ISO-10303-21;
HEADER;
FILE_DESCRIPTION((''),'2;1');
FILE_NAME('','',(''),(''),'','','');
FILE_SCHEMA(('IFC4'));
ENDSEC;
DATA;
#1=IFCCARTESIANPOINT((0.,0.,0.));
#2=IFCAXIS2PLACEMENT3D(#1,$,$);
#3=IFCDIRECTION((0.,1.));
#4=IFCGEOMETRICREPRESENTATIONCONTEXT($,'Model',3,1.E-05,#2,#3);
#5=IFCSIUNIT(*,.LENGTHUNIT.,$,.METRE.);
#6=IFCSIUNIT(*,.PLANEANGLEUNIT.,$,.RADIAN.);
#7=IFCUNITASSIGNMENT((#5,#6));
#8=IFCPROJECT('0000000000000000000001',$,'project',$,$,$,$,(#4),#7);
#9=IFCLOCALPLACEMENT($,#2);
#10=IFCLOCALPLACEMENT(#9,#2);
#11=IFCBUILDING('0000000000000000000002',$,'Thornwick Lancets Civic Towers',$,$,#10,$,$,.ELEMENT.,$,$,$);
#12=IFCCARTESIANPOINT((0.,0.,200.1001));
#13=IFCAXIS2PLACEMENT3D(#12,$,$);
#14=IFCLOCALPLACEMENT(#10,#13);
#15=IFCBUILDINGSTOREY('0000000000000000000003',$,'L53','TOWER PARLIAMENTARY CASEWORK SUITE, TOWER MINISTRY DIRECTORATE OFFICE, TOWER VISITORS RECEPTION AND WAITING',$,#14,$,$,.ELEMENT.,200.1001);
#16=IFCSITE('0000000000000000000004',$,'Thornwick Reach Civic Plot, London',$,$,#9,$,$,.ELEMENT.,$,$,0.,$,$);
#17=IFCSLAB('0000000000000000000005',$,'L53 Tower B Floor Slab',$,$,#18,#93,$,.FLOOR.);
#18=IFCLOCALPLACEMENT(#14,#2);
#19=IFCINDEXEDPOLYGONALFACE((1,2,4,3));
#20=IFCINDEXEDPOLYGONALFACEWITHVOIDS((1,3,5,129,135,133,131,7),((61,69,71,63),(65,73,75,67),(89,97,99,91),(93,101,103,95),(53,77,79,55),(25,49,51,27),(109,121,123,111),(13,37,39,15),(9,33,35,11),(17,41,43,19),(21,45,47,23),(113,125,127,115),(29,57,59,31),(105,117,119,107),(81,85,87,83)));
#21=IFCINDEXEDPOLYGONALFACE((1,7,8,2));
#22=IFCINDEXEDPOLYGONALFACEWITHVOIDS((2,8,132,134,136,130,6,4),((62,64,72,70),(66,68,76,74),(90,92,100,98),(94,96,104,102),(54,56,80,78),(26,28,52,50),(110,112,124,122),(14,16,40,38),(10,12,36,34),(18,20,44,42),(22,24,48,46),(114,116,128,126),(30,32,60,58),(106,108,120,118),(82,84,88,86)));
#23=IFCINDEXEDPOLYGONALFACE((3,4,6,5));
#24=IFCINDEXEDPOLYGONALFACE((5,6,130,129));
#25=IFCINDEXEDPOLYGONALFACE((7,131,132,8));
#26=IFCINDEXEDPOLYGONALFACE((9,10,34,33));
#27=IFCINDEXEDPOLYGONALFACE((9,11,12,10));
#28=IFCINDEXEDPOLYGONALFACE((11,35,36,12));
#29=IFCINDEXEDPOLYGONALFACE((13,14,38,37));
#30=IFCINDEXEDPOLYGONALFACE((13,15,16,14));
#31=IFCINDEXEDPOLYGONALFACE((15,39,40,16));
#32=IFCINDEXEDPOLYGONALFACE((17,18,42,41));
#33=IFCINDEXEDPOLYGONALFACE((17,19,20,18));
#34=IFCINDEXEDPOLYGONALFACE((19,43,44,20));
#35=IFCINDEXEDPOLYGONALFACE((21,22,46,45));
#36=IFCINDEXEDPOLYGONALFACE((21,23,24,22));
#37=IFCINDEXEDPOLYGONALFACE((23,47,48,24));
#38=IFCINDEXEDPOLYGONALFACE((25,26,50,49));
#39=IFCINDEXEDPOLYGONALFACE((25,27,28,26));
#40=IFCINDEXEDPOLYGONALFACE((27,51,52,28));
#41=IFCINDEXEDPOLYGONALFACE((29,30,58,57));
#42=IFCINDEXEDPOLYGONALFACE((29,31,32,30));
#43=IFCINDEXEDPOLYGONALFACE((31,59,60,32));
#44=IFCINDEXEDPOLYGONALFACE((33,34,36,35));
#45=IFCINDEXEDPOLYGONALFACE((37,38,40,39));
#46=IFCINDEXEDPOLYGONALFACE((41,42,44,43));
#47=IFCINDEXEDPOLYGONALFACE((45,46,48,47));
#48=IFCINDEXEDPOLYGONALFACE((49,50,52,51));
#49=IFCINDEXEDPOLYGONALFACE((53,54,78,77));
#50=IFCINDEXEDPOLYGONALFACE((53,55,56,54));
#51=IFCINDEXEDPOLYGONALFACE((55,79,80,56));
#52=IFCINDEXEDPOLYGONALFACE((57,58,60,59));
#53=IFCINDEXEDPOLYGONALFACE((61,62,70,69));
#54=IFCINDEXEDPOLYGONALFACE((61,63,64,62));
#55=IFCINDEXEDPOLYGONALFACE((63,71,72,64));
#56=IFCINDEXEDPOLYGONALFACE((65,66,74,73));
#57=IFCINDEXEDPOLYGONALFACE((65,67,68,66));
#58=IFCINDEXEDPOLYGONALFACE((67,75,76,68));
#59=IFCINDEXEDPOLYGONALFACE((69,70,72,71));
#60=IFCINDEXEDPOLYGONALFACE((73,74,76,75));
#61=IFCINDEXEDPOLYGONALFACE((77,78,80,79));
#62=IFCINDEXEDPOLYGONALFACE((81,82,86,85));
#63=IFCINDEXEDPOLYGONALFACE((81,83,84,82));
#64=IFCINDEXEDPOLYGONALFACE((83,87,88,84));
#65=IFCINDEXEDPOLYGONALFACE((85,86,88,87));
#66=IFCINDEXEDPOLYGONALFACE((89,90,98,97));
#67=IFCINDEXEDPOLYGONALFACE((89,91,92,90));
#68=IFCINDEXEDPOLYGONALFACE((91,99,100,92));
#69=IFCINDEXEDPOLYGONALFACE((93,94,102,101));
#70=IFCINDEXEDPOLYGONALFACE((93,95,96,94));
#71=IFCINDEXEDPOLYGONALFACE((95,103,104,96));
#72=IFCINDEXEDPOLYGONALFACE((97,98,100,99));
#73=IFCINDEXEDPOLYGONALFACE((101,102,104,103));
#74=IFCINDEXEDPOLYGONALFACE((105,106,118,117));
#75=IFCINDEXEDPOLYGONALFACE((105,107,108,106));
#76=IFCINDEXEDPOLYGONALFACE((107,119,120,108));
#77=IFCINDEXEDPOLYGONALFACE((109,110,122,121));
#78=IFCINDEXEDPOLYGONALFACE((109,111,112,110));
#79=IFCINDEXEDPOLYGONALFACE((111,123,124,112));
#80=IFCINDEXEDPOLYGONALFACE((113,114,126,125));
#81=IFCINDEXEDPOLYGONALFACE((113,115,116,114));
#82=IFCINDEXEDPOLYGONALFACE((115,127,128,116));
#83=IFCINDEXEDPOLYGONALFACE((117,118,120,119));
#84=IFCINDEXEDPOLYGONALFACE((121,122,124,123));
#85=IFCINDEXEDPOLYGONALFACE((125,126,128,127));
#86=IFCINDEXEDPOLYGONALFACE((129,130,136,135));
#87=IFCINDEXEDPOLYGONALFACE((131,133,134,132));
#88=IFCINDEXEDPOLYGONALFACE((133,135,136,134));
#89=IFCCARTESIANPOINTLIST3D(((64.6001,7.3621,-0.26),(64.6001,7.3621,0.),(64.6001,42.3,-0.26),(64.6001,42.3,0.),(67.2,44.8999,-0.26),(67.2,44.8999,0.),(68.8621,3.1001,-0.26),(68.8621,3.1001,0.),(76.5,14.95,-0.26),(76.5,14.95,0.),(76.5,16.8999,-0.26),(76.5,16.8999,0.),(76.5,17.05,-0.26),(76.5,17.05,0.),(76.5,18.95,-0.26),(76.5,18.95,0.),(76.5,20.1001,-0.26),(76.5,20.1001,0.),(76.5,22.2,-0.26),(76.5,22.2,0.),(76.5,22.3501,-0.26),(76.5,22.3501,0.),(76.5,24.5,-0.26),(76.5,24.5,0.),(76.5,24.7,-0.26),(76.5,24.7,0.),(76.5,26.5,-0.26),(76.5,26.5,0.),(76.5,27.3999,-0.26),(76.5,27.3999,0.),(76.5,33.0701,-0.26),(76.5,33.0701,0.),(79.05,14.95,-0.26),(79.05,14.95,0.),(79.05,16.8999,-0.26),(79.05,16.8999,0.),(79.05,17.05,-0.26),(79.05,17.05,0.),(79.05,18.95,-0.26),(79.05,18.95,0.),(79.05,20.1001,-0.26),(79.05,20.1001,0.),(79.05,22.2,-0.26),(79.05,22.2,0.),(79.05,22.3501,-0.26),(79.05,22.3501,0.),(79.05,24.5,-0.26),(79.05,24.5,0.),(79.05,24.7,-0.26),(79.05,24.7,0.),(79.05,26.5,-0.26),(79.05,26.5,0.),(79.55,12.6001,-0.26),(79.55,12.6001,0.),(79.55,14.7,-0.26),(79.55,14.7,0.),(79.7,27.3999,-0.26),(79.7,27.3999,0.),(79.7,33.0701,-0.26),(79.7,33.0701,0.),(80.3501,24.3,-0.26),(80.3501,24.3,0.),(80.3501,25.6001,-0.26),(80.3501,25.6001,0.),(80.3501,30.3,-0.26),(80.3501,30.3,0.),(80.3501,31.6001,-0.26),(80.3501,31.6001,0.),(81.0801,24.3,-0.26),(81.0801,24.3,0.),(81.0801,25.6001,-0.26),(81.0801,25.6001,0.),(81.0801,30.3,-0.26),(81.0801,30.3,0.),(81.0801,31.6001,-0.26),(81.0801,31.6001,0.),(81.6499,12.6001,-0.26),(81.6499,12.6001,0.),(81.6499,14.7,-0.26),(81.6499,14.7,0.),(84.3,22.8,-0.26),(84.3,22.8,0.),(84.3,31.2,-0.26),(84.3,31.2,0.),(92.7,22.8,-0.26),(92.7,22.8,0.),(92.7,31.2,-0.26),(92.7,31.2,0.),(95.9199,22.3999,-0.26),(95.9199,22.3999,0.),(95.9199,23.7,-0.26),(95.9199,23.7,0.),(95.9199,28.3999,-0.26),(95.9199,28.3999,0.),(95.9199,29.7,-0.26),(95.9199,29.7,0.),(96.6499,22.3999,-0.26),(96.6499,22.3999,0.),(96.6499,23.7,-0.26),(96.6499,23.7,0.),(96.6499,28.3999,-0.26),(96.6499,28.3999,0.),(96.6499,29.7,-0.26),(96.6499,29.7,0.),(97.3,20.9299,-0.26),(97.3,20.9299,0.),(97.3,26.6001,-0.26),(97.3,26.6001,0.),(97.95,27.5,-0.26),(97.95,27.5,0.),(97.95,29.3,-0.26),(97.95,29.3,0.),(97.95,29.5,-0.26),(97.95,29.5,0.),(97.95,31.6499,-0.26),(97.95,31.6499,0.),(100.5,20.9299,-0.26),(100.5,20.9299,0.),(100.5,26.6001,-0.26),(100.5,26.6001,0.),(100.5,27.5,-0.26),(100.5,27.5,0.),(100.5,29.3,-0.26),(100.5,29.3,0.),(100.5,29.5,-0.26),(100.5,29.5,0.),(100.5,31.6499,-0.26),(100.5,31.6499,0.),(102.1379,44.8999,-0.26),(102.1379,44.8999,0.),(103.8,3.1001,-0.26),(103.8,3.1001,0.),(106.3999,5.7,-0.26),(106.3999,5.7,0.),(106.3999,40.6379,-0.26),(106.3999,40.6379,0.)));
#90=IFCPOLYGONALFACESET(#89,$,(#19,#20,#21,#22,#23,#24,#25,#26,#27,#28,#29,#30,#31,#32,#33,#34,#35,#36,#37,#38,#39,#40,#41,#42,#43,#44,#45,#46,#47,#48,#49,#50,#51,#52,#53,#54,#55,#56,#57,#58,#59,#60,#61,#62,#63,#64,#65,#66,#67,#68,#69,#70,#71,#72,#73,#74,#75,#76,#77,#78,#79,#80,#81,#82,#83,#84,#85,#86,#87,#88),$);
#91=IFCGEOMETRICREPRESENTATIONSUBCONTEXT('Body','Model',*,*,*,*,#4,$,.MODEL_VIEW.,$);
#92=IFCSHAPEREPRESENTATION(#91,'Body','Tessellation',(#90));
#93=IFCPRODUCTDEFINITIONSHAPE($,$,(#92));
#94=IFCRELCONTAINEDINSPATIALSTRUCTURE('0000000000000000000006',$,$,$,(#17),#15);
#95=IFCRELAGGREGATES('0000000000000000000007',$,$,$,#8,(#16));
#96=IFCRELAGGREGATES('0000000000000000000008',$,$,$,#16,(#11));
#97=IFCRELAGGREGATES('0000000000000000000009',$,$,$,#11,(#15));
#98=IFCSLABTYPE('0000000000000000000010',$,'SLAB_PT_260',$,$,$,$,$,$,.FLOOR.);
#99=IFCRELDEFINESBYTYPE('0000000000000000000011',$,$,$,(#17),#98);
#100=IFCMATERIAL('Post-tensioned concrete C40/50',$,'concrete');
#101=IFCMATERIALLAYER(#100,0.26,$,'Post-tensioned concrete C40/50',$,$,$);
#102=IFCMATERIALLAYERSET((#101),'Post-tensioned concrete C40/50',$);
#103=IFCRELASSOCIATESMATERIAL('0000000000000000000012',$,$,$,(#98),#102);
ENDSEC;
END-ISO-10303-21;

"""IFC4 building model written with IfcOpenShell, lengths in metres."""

from ifc_helpers import new_model, si_unit, direction, frame, origin, place, context, subcontext, project, spatial, polyline, outline, extrude, material, layer, layer_set, type_object, element, save


model = new_model("IFC4")

# Units and contexts
model_context = context("Model", 3, precision=1e-05, world=origin(), true_north=direction((0.0, 1.0)))
body_context = subcontext(model_context, "Body", "Model", "MODEL_VIEW")
ifc_project = project(units=[si_unit("LENGTHUNIT", "METRE"), si_unit("PLANEANGLEUNIT", "RADIAN")], contexts=[model_context])

# Site, building, storey
site_placement = place(None, origin())
site = spatial("IfcSite", under=ifc_project, at=site_placement, Name="Thornwick Reach Civic Plot, London", CompositionType="ELEMENT", RefElevation=0.0)
building_placement = place(site_placement, origin())
building = spatial("IfcBuilding", under=site, at=building_placement, Name="Thornwick Lancets Civic Towers", CompositionType="ELEMENT")
storey_placement = place(building_placement, frame((0.0, 0.0, 200.1001)))
storey = spatial("IfcBuildingStorey", under=building, at=storey_placement, Name="L53", Description="TOWER PARLIAMENTARY CASEWORK SUITE, TOWER MINISTRY DIRECTORATE OFFICE, TOWER VISITORS RECEPTION AND WAITING", CompositionType="ELEMENT", Elevation=200.1001)

# Slab
ifc_material_1 = material(Name="Post-tensioned concrete C40/50", Category="concrete")
ifc_layer_1 = layer(ifc_material_1, 0.26, Name="Post-tensioned concrete C40/50")
ifc_layer_set_1 = layer_set([ifc_layer_1], Name="Post-tensioned concrete C40/50")
slab_type_1 = type_object("IfcSlabType", Name="SLAB_PT_260", PredefinedType="FLOOR", material=ifc_layer_set_1)
slab_1_placement = place(storey_placement, frame((0.0, 0.0, -0.26)))
element("IfcSlab", 1, at=slab_1_placement, inside=storey, type_object=slab_type_1, Name="L53 Tower B Floor Slab", PredefinedType="FLOOR", context=body_context, shape_type="SweptSolid", body=[
    extrude(outline(polyline([(68.8621, 3.1001), (103.8, 3.1001), (106.3999, 5.7), (106.3999, 40.6379), (102.1379, 44.8999), (67.2, 44.8999), (64.6001, 42.3), (64.6001, 7.3621), (68.8621, 3.1001)]), holes=[polyline([(84.3, 22.8), (92.7, 22.8), (92.7, 31.2), (84.3, 31.2), (84.3, 22.8)]), polyline([(100.5, 20.9299), (100.5, 26.6001), (97.3, 26.6001), (97.3, 20.9299), (100.5, 20.9299)]), polyline([(76.5, 33.0701), (76.5, 27.3999), (79.7, 27.3999), (79.7, 33.0701), (76.5, 33.0701)]), polyline([(97.95, 27.5), (100.5, 27.5), (100.5, 29.3), (97.95, 29.3), (97.95, 27.5)]), polyline([(97.95, 29.5), (100.5, 29.5), (100.5, 31.6499), (97.95, 31.6499), (97.95, 29.5)]), polyline([(76.5, 24.7), (79.05, 24.7), (79.05, 26.5), (76.5, 26.5), (76.5, 24.7)]), polyline([(76.5, 22.3501), (79.05, 22.3501), (79.05, 24.5), (76.5, 24.5), (76.5, 22.3501)]), polyline([(76.5, 20.1001), (79.05, 20.1001), (79.05, 22.2), (76.5, 22.2), (76.5, 20.1001)]), polyline([(76.5, 17.05), (79.05, 17.05), (79.05, 18.95), (76.5, 18.95), (76.5, 17.05)]), polyline([(76.5, 14.95), (79.05, 14.95), (79.05, 16.8999), (76.5, 16.8999), (76.5, 14.95)]), polyline([(79.55, 12.6001), (81.6499, 12.6001), (81.6499, 14.7), (79.55, 14.7), (79.55, 12.6001)]), polyline([(95.9199, 28.3999), (96.6499, 28.3999), (96.6499, 29.7), (95.9199, 29.7), (95.9199, 28.3999)]), polyline([(95.9199, 22.3999), (96.6499, 22.3999), (96.6499, 23.7), (95.9199, 23.7), (95.9199, 22.3999)]), polyline([(80.3501, 24.3), (81.0801, 24.3), (81.0801, 25.6001), (80.3501, 25.6001), (80.3501, 24.3)]), polyline([(80.3501, 30.3), (81.0801, 30.3), (81.0801, 31.6001), (80.3501, 31.6001), (80.3501, 30.3)])]), origin(), (0.0, 0.0, 1.0), 0.26),
])

save(model, "model.ifc")
